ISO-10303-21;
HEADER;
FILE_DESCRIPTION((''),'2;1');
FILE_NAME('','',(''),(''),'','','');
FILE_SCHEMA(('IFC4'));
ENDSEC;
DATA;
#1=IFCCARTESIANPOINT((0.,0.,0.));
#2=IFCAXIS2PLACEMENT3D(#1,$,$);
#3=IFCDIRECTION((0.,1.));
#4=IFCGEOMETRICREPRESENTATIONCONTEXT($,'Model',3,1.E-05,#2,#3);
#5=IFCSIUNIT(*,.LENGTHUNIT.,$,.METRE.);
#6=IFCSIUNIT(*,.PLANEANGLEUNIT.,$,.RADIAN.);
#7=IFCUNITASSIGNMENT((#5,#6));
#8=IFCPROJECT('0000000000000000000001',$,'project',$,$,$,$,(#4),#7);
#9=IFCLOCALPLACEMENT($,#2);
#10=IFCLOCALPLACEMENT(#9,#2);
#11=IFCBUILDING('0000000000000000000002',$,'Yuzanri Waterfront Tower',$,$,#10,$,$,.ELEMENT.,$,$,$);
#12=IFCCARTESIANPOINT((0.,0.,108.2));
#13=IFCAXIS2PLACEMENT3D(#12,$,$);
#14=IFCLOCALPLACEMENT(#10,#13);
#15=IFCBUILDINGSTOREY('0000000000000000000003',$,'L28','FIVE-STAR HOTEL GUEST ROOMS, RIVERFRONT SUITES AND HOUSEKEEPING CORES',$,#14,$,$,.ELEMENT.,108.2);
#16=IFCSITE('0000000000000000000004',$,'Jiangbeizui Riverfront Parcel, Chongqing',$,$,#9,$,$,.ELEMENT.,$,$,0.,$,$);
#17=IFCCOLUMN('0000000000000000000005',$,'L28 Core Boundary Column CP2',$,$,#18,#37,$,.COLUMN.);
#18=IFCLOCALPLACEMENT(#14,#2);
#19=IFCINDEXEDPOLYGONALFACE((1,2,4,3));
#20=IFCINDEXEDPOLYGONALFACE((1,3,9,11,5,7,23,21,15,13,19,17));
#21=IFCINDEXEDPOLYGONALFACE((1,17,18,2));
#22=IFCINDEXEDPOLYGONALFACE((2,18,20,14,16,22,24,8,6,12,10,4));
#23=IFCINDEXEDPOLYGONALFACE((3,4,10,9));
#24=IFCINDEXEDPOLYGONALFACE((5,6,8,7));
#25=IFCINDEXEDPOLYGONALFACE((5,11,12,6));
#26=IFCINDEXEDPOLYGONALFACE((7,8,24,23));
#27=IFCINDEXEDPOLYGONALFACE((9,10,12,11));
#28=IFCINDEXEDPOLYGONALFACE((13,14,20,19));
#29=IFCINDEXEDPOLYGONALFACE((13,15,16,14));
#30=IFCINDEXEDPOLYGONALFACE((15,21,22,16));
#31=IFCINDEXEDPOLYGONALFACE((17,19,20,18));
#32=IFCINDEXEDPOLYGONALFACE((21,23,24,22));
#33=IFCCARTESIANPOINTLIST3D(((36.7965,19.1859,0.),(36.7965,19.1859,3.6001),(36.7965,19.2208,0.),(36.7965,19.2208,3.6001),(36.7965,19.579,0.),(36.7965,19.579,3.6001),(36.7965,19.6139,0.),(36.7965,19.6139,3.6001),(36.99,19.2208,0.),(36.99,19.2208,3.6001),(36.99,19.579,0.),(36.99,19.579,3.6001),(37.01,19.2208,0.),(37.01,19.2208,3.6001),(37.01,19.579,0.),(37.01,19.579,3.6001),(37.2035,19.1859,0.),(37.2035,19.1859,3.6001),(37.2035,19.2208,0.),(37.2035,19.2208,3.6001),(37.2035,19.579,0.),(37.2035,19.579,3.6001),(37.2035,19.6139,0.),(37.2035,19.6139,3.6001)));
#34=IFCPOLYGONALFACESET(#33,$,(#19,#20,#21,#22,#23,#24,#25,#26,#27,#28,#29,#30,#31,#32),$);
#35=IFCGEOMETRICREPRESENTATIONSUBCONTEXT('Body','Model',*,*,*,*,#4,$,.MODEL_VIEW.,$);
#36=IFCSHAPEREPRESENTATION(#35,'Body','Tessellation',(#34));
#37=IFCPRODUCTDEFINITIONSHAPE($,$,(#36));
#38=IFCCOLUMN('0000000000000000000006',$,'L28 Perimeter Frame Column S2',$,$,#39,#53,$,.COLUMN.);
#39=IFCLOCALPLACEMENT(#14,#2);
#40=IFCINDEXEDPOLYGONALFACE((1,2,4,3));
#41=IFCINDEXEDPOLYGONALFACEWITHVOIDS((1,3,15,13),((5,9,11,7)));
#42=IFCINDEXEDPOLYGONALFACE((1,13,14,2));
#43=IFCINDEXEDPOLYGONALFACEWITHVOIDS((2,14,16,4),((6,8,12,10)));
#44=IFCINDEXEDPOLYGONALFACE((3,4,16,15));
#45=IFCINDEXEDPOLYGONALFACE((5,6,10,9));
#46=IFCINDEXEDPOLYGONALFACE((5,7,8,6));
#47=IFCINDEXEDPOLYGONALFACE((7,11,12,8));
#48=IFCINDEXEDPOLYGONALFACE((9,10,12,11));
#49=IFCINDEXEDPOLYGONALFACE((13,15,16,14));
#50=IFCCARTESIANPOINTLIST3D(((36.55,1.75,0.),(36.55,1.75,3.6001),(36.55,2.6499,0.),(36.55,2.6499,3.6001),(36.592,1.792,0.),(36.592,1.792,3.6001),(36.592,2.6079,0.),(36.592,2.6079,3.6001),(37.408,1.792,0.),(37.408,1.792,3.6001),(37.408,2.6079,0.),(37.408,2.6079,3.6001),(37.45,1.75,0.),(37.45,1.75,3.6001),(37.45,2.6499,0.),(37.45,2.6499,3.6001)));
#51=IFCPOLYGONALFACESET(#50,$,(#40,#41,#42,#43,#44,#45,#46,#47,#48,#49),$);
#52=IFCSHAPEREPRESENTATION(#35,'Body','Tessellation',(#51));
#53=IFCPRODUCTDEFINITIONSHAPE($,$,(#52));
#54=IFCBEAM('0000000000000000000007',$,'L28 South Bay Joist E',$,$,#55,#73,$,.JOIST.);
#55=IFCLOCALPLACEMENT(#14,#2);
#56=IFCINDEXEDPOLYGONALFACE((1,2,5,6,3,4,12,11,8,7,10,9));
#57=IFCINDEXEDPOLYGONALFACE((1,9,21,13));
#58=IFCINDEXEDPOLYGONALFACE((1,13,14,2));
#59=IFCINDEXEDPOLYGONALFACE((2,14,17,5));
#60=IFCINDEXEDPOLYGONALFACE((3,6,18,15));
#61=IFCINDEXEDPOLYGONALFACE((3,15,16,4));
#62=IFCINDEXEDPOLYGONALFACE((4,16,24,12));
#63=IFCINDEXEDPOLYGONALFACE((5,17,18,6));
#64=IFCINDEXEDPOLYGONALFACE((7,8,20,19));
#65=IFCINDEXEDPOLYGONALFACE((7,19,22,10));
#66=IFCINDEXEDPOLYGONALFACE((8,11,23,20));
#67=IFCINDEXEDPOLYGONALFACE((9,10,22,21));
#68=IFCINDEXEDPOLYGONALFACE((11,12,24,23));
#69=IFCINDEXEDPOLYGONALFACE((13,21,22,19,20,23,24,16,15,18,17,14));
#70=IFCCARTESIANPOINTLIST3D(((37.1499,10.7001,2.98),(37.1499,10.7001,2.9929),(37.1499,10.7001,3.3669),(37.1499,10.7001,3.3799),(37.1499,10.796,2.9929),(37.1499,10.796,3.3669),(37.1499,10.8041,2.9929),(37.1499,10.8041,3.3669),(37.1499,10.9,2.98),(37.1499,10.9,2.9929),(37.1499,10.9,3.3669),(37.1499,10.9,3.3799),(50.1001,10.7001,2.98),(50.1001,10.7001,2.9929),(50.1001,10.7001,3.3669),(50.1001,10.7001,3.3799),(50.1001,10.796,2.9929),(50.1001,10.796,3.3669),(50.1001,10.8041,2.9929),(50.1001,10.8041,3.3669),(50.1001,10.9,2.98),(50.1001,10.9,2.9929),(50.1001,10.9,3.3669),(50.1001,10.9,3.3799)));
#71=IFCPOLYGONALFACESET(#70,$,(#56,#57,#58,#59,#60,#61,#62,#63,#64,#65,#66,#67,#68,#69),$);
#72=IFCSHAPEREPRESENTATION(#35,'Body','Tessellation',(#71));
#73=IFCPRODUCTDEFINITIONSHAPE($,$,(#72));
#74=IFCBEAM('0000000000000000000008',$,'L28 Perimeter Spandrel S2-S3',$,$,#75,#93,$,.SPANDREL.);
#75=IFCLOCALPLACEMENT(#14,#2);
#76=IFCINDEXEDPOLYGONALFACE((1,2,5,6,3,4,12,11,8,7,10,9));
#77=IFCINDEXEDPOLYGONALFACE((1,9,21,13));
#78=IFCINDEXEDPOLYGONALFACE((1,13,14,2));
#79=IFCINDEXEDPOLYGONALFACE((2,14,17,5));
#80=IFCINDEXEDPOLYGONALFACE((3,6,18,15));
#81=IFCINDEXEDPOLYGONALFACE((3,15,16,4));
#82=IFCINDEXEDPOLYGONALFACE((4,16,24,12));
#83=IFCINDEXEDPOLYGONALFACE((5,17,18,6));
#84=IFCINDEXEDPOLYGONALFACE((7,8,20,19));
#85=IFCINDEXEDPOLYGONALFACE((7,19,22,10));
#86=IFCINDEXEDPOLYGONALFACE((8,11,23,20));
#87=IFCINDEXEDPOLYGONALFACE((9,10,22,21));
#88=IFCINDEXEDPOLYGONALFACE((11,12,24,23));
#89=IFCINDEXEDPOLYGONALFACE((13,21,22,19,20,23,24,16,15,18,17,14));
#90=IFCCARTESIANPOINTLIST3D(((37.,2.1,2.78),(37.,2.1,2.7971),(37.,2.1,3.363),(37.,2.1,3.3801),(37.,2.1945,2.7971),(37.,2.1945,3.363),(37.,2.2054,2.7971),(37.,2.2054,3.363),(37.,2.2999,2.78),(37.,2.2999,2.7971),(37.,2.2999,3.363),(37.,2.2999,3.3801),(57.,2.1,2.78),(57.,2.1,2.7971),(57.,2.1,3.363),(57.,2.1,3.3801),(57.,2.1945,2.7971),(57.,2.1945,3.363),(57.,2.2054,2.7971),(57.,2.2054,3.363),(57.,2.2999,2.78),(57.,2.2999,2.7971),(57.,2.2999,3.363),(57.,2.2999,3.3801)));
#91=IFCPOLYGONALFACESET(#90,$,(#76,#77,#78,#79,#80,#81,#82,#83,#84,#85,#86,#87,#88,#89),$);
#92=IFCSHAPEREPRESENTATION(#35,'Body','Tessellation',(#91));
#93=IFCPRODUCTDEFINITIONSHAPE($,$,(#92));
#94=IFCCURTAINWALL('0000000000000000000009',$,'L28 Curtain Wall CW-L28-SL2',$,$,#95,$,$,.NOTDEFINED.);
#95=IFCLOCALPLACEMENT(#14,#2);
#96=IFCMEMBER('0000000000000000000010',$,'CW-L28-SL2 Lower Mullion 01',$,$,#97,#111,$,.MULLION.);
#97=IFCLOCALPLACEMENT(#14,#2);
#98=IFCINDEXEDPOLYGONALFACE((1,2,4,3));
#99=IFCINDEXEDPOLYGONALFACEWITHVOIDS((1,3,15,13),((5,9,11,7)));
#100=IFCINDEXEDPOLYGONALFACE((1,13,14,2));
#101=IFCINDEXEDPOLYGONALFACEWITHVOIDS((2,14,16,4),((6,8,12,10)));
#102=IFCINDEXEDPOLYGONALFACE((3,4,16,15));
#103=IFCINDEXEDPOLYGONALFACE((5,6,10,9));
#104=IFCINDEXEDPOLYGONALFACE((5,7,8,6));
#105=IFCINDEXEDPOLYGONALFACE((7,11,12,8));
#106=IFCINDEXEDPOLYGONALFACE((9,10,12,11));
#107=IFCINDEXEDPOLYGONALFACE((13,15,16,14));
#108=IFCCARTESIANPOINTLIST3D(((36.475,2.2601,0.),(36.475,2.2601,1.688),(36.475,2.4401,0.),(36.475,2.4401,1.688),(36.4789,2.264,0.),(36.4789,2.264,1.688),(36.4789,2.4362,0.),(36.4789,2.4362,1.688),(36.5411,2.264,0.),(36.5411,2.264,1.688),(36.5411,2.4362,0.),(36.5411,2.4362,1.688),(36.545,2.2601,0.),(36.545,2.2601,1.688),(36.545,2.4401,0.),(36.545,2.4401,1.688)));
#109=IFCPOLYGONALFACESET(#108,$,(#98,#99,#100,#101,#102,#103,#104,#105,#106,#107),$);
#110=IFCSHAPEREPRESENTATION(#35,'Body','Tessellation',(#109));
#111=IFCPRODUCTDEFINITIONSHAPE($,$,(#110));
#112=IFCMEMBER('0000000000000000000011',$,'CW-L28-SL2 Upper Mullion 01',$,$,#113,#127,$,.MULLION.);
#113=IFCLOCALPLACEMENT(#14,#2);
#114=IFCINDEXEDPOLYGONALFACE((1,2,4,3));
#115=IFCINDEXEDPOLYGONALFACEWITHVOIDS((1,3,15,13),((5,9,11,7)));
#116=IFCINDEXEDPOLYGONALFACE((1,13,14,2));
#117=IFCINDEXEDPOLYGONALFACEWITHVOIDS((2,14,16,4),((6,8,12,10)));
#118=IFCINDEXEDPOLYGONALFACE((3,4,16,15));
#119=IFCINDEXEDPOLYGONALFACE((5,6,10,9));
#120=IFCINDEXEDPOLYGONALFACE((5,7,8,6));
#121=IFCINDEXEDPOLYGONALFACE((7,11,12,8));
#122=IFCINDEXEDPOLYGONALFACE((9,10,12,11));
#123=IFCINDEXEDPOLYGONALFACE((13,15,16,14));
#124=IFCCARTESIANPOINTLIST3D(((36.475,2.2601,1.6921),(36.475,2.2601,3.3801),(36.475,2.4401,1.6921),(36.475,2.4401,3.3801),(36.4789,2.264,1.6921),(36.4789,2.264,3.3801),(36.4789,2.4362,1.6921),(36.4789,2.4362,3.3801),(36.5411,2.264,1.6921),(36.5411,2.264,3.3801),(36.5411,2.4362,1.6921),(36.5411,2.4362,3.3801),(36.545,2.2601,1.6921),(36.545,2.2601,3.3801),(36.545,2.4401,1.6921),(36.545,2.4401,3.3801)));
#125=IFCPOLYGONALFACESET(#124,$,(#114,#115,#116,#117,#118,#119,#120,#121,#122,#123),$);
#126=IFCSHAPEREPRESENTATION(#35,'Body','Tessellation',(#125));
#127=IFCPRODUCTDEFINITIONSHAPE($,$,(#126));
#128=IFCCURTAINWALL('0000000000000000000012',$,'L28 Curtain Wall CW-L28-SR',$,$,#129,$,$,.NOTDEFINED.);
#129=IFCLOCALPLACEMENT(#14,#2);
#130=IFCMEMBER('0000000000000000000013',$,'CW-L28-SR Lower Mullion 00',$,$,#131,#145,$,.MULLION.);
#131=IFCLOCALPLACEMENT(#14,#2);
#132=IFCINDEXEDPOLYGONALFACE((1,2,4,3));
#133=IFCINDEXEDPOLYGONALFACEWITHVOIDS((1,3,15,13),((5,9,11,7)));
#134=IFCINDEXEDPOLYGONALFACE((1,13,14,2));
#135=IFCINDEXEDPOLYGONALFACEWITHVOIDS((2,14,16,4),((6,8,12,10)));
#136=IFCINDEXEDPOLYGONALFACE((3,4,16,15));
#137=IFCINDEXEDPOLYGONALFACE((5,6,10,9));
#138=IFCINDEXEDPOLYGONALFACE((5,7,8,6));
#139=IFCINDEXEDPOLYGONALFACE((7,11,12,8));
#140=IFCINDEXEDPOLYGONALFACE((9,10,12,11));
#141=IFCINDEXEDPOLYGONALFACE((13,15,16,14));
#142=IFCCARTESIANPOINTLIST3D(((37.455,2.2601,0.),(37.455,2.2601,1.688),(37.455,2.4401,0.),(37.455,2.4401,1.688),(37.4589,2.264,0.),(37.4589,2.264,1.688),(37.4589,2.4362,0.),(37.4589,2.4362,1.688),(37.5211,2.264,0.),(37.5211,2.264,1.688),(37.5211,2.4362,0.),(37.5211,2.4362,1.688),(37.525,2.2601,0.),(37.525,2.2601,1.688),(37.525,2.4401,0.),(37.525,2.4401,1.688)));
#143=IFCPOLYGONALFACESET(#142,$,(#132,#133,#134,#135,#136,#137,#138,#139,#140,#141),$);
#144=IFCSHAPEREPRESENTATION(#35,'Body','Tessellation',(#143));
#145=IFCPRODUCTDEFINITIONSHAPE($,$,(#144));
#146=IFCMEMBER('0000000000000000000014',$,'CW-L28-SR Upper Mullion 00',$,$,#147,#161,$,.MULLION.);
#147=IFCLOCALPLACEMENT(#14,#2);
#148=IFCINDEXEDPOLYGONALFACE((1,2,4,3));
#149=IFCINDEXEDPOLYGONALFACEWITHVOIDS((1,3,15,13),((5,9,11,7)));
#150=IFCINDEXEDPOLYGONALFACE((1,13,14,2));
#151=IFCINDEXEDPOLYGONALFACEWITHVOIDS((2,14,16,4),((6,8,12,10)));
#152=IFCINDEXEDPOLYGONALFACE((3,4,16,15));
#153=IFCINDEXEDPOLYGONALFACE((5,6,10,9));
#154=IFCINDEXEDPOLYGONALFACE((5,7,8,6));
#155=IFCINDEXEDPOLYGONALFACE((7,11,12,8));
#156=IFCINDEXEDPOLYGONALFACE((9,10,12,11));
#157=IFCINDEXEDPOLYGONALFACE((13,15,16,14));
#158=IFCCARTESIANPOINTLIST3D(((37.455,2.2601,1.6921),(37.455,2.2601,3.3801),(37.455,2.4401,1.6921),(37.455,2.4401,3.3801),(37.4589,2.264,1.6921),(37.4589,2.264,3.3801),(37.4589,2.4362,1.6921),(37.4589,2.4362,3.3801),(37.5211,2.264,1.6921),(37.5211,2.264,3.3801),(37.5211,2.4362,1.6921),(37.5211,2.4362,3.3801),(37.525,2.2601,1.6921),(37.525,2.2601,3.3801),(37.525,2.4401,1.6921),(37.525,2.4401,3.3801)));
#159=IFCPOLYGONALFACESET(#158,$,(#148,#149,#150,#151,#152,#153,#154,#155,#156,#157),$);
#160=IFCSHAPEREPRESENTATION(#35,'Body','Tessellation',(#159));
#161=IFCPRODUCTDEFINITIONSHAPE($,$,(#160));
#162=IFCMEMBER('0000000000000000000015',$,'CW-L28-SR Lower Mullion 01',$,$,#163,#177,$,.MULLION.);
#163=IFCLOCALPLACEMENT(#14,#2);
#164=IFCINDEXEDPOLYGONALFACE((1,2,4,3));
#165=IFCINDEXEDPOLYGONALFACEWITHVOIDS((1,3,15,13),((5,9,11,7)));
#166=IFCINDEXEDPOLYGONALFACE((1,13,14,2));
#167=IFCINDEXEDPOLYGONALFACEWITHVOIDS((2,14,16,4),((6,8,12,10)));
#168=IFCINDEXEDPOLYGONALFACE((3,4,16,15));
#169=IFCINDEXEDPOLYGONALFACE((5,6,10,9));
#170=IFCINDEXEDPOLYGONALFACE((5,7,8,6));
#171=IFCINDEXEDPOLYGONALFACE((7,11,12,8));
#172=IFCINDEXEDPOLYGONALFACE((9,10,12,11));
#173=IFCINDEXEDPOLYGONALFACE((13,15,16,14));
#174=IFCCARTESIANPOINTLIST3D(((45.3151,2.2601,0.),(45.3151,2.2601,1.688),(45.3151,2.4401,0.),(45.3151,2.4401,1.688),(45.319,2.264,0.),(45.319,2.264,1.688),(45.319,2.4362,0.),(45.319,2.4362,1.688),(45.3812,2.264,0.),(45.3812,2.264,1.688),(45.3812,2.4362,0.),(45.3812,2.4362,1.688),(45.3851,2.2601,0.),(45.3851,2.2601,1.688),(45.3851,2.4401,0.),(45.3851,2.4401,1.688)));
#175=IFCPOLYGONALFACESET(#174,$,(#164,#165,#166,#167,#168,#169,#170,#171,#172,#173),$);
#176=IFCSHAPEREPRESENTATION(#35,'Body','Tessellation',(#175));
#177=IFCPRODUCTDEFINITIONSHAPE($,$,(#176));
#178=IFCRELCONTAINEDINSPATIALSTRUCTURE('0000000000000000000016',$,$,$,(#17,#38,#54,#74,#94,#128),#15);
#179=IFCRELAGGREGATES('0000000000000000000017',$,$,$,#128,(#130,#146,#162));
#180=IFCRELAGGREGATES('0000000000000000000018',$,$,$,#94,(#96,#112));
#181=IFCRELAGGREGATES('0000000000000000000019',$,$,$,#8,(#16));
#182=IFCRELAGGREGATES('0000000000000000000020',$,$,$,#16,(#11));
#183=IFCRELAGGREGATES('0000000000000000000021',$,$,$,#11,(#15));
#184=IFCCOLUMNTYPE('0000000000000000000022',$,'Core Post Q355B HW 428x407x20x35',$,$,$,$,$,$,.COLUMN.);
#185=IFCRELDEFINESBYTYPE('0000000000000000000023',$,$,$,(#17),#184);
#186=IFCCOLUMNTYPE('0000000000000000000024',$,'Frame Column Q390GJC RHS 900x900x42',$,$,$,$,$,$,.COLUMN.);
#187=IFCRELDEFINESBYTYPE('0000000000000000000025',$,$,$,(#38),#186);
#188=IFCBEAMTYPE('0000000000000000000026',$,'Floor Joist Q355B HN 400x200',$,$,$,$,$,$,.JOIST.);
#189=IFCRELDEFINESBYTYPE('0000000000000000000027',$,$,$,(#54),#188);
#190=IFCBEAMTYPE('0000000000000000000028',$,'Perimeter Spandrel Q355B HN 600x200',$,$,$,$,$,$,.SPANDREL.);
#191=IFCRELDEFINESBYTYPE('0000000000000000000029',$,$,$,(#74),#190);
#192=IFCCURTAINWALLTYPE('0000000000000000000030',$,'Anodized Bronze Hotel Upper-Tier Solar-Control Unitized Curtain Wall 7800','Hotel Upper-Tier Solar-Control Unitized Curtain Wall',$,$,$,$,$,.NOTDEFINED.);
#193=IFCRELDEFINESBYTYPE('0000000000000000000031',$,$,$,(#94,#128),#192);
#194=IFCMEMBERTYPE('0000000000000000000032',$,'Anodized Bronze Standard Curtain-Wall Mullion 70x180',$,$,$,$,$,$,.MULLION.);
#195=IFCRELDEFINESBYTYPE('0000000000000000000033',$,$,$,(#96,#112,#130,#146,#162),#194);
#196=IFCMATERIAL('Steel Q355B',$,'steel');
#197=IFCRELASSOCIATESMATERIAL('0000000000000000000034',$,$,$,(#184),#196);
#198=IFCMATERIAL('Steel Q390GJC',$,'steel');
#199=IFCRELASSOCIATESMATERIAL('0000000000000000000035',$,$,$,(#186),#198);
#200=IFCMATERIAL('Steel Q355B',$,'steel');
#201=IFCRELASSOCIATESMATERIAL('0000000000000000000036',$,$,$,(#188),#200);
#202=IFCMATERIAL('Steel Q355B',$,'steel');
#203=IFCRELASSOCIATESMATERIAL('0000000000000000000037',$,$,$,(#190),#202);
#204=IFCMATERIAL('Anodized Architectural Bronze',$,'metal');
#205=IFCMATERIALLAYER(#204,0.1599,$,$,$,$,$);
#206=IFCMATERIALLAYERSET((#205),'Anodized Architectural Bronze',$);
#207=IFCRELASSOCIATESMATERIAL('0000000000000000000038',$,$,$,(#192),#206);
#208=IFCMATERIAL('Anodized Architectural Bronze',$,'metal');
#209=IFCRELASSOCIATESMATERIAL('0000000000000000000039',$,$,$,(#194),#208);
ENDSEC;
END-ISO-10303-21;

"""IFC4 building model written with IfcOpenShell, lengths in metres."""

from ifc_helpers import new_model, si_unit, direction, frame, origin, origin_2d, place, context, subcontext, project, spatial, hollow_rectangle, i_section, extrude, source, transform, mapped, material, layer, layer_set, material_profile, profile_set, type_object, element, aggregate, save


model = new_model("IFC4")

# Units and contexts
model_context = context("Model", 3, precision=1e-05, world=origin(), true_north=direction((0.0, 1.0)))
body_context = subcontext(model_context, "Body", "Model", "MODEL_VIEW")
ifc_project = project(units=[si_unit("LENGTHUNIT", "METRE"), si_unit("PLANEANGLEUNIT", "RADIAN")], contexts=[model_context])

# Site, building, storey
site_placement = place(None, origin())
site = spatial("IfcSite", under=ifc_project, at=site_placement, Name="Jiangbeizui Riverfront Parcel, Chongqing", CompositionType="ELEMENT", RefElevation=0.0)
building_placement = place(site_placement, origin())
building = spatial("IfcBuilding", under=site, at=building_placement, Name="Yuzanri Waterfront Tower", CompositionType="ELEMENT")
storey_placement = place(building_placement, frame((0.0, 0.0, 108.2)))
storey = spatial("IfcBuildingStorey", under=building, at=storey_placement, Name="L28", Description="FIVE-STAR HOTEL GUEST ROOMS, RIVERFRONT SUITES AND HOUSEKEEPING CORES", CompositionType="ELEMENT", Elevation=108.2)

# Columns
ifc_material_1 = material(Name="Steel Q355B", Category="steel")
ifc_material_profile_1 = material_profile(ifc_material_1, i_section(OverallWidth=0.407, OverallDepth=0.428, WebThickness=0.02, FlangeThickness=0.0349, at=origin_2d()), Name="HW 428x407x20x35")
ifc_profile_set_1 = profile_set([ifc_material_profile_1], Name="Steel Q355B")
column_type_1 = type_object("IfcColumnType", Name="Core Post Q355B HW 428x407x20x35", PredefinedType="COLUMN", material=ifc_profile_set_1)
shared_shape_1 = source(origin(), body_context, "Body", "SweptSolid", [
    extrude(i_section(OverallWidth=0.407, OverallDepth=0.428, WebThickness=0.02, FlangeThickness=0.0349, at=origin_2d()), origin(), (0.0, 0.0, 1.0), 3.6001),
])
column_1_placement = place(storey_placement, frame((37.0, 19.3999, 0.0), z_axis=(0.0, 0.0, 1.0), x_axis=(1.0, 0.0, 0.0)))
element("IfcColumn", 1, at=column_1_placement, inside=storey, type_object=column_type_1, Name="L28 Core Boundary Column CP2", PredefinedType="COLUMN", context=body_context, shape_type="MappedRepresentation", body=[
    mapped(shared_shape_1, transform((0.0, 0.0, 0.0), scale=1.0)),
])
ifc_material_2 = material(Name="Steel Q390GJC", Category="steel")
ifc_material_profile_2 = material_profile(ifc_material_2, hollow_rectangle(XDim=0.8999, YDim=0.8999, WallThickness=0.042, at=origin_2d()), Name="RHS 900x900x42")
ifc_profile_set_2 = profile_set([ifc_material_profile_2], Name="Steel Q390GJC")
column_type_2 = type_object("IfcColumnType", Name="Frame Column Q390GJC RHS 900x900x42", PredefinedType="COLUMN", material=ifc_profile_set_2)
shared_shape_2 = source(origin(), body_context, "Body", "SweptSolid", [
    extrude(hollow_rectangle(XDim=0.8999, YDim=0.8999, WallThickness=0.042, at=origin_2d()), origin(), (0.0, 0.0, 1.0), 3.6001),
])
column_2_placement = place(storey_placement, frame((37.0, 2.2, 0.0), z_axis=(0.0, 0.0, 1.0), x_axis=(1.0, 0.0, 0.0)))
element("IfcColumn", 2, at=column_2_placement, inside=storey, type_object=column_type_2, Name="L28 Perimeter Frame Column S2", PredefinedType="COLUMN", context=body_context, shape_type="MappedRepresentation", body=[
    mapped(shared_shape_2, transform((0.0, 0.0, 0.0), scale=1.0)),
])

# Beams
ifc_material_3 = material(Name="Steel Q355B", Category="steel")
ifc_material_profile_3 = material_profile(ifc_material_3, i_section(OverallWidth=0.2, OverallDepth=0.3999, WebThickness=0.0081, FlangeThickness=0.0129, at=origin_2d()), Name="HN 400x200x8x13")
ifc_profile_set_3 = profile_set([ifc_material_profile_3], Name="Steel Q355B")
beam_type_1 = type_object("IfcBeamType", Name="Floor Joist Q355B HN 400x200", PredefinedType="JOIST", material=ifc_profile_set_3)
shared_shape_3 = source(origin(), body_context, "Body", "SweptSolid", [
    extrude(i_section(OverallWidth=0.2, OverallDepth=0.3999, WebThickness=0.0081, FlangeThickness=0.0129, at=origin_2d()), origin(), (0.0, 0.0, 1.0), 12.9502),
])
beam_1_placement = place(storey_placement, frame((37.1499, 10.8, 3.1799), z_axis=(1.0, 0.0, 0.0), x_axis=(0.0, 1.0, 0.0)))
element("IfcBeam", 3, at=beam_1_placement, inside=storey, type_object=beam_type_1, Name="L28 South Bay Joist E", PredefinedType="JOIST", context=body_context, shape_type="MappedRepresentation", body=[
    mapped(shared_shape_3, transform((0.0, 0.0, 0.0), scale=1.0)),
])
ifc_material_4 = material(Name="Steel Q355B", Category="steel")
ifc_material_profile_4 = material_profile(ifc_material_4, i_section(OverallWidth=0.2, OverallDepth=0.6001, WebThickness=0.011, FlangeThickness=0.0171, at=origin_2d()), Name="HN 600x200x11x17")
ifc_profile_set_4 = profile_set([ifc_material_profile_4], Name="Steel Q355B")
beam_type_2 = type_object("IfcBeamType", Name="Perimeter Spandrel Q355B HN 600x200", PredefinedType="SPANDREL", material=ifc_profile_set_4)
shared_shape_4 = source(origin(), body_context, "Body", "SweptSolid", [
    extrude(i_section(OverallWidth=0.2, OverallDepth=0.6001, WebThickness=0.011, FlangeThickness=0.0171, at=origin_2d()), origin(), (0.0, 0.0, 1.0), 20.0),
])
beam_2_placement = place(storey_placement, frame((37.0, 2.2, 3.0801), z_axis=(1.0, 0.0, 0.0), x_axis=(0.0, 1.0, 0.0)))
element("IfcBeam", 4, at=beam_2_placement, inside=storey, type_object=beam_type_2, Name="L28 Perimeter Spandrel S2-S3", PredefinedType="SPANDREL", context=body_context, shape_type="MappedRepresentation", body=[
    mapped(shared_shape_4, transform((0.0, 0.0, 0.0), scale=1.0)),
])

# Curtain wall, members
ifc_material_5 = material(Name="Anodized Architectural Bronze", Category="metal")
ifc_layer_1 = layer(ifc_material_5, 0.1599)
ifc_layer_set_1 = layer_set([ifc_layer_1], Name="Anodized Architectural Bronze")
curtain_wall_type = type_object("IfcCurtainWallType", Name="Anodized Bronze Hotel Upper-Tier Solar-Control Unitized Curtain Wall 7800", Description="Hotel Upper-Tier Solar-Control Unitized Curtain Wall", PredefinedType="NOTDEFINED", material=ifc_layer_set_1)
curtain_wall_1_placement = place(storey_placement, origin())
curtain_wall_1 = element("IfcCurtainWall", 5, at=curtain_wall_1_placement, inside=storey, type_object=curtain_wall_type, Name="L28 Curtain Wall CW-L28-SL2", PredefinedType="NOTDEFINED")
ifc_material_6 = material(Name="Anodized Architectural Bronze", Category="metal")
ifc_material_profile_5 = material_profile(ifc_material_6, hollow_rectangle(XDim=0.0701, YDim=0.1799, WallThickness=0.0039, at=origin_2d()), Name="CWM 70x180")
ifc_profile_set_5 = profile_set([ifc_material_profile_5], Name="Anodized Architectural Bronze")
member_type_1 = type_object("IfcMemberType", Name="Anodized Bronze Standard Curtain-Wall Mullion 70x180", PredefinedType="MULLION", material=ifc_profile_set_5)
shared_shape_5 = source(origin(), body_context, "Body", "SweptSolid", [
    extrude(hollow_rectangle(XDim=0.0701, YDim=0.1799, WallThickness=0.0039, at=origin_2d()), origin(), (0.0, 0.0, 1.0), 1.688),
])
member_1_placement = place(storey_placement, frame((36.51, 2.3501, 0.0), z_axis=(0.0, 0.0, 1.0), x_axis=(1.0, 0.0, 0.0)))
member_1 = element("IfcMember", 6, at=member_1_placement, type_object=member_type_1, Name="CW-L28-SL2 Lower Mullion 01", PredefinedType="MULLION", context=body_context, shape_type="MappedRepresentation", body=[
    mapped(shared_shape_5, transform((0.0, 0.0, 0.0), scale=1.0)),
])
member_2_placement = place(storey_placement, frame((36.51, 2.3501, 1.6921), z_axis=(0.0, 0.0, 1.0), x_axis=(1.0, 0.0, 0.0)))
member_2 = element("IfcMember", 7, at=member_2_placement, type_object=member_type_1, Name="CW-L28-SL2 Upper Mullion 01", PredefinedType="MULLION", context=body_context, shape_type="MappedRepresentation", body=[
    mapped(shared_shape_5, transform((0.0, 0.0, 0.0), scale=1.0)),
])

# Curtain wall, members
curtain_wall_2_placement = place(storey_placement, origin())
curtain_wall_2 = element("IfcCurtainWall", 8, at=curtain_wall_2_placement, inside=storey, type_object=curtain_wall_type, Name="L28 Curtain Wall CW-L28-SR", PredefinedType="NOTDEFINED")
member_3_placement = place(storey_placement, frame((37.49, 2.3501, 0.0), z_axis=(0.0, 0.0, 1.0), x_axis=(1.0, 0.0, 0.0)))
member_3 = element("IfcMember", 9, at=member_3_placement, type_object=member_type_1, Name="CW-L28-SR Lower Mullion 00", PredefinedType="MULLION", context=body_context, shape_type="MappedRepresentation", body=[
    mapped(shared_shape_5, transform((0.0, 0.0, 0.0), scale=1.0)),
])
member_4_placement = place(storey_placement, frame((37.49, 2.3501, 1.6921), z_axis=(0.0, 0.0, 1.0), x_axis=(1.0, 0.0, 0.0)))
member_4 = element("IfcMember", 10, at=member_4_placement, type_object=member_type_1, Name="CW-L28-SR Upper Mullion 00", PredefinedType="MULLION", context=body_context, shape_type="MappedRepresentation", body=[
    mapped(shared_shape_5, transform((0.0, 0.0, 0.0), scale=1.0)),
])
member_5_placement = place(storey_placement, frame((45.3501, 2.3501, 0.0), z_axis=(0.0, 0.0, 1.0), x_axis=(1.0, 0.0, 0.0)))
member_5 = element("IfcMember", 11, at=member_5_placement, type_object=member_type_1, Name="CW-L28-SR Lower Mullion 01", PredefinedType="MULLION", context=body_context, shape_type="MappedRepresentation", body=[
    mapped(shared_shape_5, transform((0.0, 0.0, 0.0), scale=1.0)),
])
aggregate(curtain_wall_2, [member_3, member_4, member_5])

aggregate(curtain_wall_1, [member_1, member_2])

save(model, "model.ifc")
